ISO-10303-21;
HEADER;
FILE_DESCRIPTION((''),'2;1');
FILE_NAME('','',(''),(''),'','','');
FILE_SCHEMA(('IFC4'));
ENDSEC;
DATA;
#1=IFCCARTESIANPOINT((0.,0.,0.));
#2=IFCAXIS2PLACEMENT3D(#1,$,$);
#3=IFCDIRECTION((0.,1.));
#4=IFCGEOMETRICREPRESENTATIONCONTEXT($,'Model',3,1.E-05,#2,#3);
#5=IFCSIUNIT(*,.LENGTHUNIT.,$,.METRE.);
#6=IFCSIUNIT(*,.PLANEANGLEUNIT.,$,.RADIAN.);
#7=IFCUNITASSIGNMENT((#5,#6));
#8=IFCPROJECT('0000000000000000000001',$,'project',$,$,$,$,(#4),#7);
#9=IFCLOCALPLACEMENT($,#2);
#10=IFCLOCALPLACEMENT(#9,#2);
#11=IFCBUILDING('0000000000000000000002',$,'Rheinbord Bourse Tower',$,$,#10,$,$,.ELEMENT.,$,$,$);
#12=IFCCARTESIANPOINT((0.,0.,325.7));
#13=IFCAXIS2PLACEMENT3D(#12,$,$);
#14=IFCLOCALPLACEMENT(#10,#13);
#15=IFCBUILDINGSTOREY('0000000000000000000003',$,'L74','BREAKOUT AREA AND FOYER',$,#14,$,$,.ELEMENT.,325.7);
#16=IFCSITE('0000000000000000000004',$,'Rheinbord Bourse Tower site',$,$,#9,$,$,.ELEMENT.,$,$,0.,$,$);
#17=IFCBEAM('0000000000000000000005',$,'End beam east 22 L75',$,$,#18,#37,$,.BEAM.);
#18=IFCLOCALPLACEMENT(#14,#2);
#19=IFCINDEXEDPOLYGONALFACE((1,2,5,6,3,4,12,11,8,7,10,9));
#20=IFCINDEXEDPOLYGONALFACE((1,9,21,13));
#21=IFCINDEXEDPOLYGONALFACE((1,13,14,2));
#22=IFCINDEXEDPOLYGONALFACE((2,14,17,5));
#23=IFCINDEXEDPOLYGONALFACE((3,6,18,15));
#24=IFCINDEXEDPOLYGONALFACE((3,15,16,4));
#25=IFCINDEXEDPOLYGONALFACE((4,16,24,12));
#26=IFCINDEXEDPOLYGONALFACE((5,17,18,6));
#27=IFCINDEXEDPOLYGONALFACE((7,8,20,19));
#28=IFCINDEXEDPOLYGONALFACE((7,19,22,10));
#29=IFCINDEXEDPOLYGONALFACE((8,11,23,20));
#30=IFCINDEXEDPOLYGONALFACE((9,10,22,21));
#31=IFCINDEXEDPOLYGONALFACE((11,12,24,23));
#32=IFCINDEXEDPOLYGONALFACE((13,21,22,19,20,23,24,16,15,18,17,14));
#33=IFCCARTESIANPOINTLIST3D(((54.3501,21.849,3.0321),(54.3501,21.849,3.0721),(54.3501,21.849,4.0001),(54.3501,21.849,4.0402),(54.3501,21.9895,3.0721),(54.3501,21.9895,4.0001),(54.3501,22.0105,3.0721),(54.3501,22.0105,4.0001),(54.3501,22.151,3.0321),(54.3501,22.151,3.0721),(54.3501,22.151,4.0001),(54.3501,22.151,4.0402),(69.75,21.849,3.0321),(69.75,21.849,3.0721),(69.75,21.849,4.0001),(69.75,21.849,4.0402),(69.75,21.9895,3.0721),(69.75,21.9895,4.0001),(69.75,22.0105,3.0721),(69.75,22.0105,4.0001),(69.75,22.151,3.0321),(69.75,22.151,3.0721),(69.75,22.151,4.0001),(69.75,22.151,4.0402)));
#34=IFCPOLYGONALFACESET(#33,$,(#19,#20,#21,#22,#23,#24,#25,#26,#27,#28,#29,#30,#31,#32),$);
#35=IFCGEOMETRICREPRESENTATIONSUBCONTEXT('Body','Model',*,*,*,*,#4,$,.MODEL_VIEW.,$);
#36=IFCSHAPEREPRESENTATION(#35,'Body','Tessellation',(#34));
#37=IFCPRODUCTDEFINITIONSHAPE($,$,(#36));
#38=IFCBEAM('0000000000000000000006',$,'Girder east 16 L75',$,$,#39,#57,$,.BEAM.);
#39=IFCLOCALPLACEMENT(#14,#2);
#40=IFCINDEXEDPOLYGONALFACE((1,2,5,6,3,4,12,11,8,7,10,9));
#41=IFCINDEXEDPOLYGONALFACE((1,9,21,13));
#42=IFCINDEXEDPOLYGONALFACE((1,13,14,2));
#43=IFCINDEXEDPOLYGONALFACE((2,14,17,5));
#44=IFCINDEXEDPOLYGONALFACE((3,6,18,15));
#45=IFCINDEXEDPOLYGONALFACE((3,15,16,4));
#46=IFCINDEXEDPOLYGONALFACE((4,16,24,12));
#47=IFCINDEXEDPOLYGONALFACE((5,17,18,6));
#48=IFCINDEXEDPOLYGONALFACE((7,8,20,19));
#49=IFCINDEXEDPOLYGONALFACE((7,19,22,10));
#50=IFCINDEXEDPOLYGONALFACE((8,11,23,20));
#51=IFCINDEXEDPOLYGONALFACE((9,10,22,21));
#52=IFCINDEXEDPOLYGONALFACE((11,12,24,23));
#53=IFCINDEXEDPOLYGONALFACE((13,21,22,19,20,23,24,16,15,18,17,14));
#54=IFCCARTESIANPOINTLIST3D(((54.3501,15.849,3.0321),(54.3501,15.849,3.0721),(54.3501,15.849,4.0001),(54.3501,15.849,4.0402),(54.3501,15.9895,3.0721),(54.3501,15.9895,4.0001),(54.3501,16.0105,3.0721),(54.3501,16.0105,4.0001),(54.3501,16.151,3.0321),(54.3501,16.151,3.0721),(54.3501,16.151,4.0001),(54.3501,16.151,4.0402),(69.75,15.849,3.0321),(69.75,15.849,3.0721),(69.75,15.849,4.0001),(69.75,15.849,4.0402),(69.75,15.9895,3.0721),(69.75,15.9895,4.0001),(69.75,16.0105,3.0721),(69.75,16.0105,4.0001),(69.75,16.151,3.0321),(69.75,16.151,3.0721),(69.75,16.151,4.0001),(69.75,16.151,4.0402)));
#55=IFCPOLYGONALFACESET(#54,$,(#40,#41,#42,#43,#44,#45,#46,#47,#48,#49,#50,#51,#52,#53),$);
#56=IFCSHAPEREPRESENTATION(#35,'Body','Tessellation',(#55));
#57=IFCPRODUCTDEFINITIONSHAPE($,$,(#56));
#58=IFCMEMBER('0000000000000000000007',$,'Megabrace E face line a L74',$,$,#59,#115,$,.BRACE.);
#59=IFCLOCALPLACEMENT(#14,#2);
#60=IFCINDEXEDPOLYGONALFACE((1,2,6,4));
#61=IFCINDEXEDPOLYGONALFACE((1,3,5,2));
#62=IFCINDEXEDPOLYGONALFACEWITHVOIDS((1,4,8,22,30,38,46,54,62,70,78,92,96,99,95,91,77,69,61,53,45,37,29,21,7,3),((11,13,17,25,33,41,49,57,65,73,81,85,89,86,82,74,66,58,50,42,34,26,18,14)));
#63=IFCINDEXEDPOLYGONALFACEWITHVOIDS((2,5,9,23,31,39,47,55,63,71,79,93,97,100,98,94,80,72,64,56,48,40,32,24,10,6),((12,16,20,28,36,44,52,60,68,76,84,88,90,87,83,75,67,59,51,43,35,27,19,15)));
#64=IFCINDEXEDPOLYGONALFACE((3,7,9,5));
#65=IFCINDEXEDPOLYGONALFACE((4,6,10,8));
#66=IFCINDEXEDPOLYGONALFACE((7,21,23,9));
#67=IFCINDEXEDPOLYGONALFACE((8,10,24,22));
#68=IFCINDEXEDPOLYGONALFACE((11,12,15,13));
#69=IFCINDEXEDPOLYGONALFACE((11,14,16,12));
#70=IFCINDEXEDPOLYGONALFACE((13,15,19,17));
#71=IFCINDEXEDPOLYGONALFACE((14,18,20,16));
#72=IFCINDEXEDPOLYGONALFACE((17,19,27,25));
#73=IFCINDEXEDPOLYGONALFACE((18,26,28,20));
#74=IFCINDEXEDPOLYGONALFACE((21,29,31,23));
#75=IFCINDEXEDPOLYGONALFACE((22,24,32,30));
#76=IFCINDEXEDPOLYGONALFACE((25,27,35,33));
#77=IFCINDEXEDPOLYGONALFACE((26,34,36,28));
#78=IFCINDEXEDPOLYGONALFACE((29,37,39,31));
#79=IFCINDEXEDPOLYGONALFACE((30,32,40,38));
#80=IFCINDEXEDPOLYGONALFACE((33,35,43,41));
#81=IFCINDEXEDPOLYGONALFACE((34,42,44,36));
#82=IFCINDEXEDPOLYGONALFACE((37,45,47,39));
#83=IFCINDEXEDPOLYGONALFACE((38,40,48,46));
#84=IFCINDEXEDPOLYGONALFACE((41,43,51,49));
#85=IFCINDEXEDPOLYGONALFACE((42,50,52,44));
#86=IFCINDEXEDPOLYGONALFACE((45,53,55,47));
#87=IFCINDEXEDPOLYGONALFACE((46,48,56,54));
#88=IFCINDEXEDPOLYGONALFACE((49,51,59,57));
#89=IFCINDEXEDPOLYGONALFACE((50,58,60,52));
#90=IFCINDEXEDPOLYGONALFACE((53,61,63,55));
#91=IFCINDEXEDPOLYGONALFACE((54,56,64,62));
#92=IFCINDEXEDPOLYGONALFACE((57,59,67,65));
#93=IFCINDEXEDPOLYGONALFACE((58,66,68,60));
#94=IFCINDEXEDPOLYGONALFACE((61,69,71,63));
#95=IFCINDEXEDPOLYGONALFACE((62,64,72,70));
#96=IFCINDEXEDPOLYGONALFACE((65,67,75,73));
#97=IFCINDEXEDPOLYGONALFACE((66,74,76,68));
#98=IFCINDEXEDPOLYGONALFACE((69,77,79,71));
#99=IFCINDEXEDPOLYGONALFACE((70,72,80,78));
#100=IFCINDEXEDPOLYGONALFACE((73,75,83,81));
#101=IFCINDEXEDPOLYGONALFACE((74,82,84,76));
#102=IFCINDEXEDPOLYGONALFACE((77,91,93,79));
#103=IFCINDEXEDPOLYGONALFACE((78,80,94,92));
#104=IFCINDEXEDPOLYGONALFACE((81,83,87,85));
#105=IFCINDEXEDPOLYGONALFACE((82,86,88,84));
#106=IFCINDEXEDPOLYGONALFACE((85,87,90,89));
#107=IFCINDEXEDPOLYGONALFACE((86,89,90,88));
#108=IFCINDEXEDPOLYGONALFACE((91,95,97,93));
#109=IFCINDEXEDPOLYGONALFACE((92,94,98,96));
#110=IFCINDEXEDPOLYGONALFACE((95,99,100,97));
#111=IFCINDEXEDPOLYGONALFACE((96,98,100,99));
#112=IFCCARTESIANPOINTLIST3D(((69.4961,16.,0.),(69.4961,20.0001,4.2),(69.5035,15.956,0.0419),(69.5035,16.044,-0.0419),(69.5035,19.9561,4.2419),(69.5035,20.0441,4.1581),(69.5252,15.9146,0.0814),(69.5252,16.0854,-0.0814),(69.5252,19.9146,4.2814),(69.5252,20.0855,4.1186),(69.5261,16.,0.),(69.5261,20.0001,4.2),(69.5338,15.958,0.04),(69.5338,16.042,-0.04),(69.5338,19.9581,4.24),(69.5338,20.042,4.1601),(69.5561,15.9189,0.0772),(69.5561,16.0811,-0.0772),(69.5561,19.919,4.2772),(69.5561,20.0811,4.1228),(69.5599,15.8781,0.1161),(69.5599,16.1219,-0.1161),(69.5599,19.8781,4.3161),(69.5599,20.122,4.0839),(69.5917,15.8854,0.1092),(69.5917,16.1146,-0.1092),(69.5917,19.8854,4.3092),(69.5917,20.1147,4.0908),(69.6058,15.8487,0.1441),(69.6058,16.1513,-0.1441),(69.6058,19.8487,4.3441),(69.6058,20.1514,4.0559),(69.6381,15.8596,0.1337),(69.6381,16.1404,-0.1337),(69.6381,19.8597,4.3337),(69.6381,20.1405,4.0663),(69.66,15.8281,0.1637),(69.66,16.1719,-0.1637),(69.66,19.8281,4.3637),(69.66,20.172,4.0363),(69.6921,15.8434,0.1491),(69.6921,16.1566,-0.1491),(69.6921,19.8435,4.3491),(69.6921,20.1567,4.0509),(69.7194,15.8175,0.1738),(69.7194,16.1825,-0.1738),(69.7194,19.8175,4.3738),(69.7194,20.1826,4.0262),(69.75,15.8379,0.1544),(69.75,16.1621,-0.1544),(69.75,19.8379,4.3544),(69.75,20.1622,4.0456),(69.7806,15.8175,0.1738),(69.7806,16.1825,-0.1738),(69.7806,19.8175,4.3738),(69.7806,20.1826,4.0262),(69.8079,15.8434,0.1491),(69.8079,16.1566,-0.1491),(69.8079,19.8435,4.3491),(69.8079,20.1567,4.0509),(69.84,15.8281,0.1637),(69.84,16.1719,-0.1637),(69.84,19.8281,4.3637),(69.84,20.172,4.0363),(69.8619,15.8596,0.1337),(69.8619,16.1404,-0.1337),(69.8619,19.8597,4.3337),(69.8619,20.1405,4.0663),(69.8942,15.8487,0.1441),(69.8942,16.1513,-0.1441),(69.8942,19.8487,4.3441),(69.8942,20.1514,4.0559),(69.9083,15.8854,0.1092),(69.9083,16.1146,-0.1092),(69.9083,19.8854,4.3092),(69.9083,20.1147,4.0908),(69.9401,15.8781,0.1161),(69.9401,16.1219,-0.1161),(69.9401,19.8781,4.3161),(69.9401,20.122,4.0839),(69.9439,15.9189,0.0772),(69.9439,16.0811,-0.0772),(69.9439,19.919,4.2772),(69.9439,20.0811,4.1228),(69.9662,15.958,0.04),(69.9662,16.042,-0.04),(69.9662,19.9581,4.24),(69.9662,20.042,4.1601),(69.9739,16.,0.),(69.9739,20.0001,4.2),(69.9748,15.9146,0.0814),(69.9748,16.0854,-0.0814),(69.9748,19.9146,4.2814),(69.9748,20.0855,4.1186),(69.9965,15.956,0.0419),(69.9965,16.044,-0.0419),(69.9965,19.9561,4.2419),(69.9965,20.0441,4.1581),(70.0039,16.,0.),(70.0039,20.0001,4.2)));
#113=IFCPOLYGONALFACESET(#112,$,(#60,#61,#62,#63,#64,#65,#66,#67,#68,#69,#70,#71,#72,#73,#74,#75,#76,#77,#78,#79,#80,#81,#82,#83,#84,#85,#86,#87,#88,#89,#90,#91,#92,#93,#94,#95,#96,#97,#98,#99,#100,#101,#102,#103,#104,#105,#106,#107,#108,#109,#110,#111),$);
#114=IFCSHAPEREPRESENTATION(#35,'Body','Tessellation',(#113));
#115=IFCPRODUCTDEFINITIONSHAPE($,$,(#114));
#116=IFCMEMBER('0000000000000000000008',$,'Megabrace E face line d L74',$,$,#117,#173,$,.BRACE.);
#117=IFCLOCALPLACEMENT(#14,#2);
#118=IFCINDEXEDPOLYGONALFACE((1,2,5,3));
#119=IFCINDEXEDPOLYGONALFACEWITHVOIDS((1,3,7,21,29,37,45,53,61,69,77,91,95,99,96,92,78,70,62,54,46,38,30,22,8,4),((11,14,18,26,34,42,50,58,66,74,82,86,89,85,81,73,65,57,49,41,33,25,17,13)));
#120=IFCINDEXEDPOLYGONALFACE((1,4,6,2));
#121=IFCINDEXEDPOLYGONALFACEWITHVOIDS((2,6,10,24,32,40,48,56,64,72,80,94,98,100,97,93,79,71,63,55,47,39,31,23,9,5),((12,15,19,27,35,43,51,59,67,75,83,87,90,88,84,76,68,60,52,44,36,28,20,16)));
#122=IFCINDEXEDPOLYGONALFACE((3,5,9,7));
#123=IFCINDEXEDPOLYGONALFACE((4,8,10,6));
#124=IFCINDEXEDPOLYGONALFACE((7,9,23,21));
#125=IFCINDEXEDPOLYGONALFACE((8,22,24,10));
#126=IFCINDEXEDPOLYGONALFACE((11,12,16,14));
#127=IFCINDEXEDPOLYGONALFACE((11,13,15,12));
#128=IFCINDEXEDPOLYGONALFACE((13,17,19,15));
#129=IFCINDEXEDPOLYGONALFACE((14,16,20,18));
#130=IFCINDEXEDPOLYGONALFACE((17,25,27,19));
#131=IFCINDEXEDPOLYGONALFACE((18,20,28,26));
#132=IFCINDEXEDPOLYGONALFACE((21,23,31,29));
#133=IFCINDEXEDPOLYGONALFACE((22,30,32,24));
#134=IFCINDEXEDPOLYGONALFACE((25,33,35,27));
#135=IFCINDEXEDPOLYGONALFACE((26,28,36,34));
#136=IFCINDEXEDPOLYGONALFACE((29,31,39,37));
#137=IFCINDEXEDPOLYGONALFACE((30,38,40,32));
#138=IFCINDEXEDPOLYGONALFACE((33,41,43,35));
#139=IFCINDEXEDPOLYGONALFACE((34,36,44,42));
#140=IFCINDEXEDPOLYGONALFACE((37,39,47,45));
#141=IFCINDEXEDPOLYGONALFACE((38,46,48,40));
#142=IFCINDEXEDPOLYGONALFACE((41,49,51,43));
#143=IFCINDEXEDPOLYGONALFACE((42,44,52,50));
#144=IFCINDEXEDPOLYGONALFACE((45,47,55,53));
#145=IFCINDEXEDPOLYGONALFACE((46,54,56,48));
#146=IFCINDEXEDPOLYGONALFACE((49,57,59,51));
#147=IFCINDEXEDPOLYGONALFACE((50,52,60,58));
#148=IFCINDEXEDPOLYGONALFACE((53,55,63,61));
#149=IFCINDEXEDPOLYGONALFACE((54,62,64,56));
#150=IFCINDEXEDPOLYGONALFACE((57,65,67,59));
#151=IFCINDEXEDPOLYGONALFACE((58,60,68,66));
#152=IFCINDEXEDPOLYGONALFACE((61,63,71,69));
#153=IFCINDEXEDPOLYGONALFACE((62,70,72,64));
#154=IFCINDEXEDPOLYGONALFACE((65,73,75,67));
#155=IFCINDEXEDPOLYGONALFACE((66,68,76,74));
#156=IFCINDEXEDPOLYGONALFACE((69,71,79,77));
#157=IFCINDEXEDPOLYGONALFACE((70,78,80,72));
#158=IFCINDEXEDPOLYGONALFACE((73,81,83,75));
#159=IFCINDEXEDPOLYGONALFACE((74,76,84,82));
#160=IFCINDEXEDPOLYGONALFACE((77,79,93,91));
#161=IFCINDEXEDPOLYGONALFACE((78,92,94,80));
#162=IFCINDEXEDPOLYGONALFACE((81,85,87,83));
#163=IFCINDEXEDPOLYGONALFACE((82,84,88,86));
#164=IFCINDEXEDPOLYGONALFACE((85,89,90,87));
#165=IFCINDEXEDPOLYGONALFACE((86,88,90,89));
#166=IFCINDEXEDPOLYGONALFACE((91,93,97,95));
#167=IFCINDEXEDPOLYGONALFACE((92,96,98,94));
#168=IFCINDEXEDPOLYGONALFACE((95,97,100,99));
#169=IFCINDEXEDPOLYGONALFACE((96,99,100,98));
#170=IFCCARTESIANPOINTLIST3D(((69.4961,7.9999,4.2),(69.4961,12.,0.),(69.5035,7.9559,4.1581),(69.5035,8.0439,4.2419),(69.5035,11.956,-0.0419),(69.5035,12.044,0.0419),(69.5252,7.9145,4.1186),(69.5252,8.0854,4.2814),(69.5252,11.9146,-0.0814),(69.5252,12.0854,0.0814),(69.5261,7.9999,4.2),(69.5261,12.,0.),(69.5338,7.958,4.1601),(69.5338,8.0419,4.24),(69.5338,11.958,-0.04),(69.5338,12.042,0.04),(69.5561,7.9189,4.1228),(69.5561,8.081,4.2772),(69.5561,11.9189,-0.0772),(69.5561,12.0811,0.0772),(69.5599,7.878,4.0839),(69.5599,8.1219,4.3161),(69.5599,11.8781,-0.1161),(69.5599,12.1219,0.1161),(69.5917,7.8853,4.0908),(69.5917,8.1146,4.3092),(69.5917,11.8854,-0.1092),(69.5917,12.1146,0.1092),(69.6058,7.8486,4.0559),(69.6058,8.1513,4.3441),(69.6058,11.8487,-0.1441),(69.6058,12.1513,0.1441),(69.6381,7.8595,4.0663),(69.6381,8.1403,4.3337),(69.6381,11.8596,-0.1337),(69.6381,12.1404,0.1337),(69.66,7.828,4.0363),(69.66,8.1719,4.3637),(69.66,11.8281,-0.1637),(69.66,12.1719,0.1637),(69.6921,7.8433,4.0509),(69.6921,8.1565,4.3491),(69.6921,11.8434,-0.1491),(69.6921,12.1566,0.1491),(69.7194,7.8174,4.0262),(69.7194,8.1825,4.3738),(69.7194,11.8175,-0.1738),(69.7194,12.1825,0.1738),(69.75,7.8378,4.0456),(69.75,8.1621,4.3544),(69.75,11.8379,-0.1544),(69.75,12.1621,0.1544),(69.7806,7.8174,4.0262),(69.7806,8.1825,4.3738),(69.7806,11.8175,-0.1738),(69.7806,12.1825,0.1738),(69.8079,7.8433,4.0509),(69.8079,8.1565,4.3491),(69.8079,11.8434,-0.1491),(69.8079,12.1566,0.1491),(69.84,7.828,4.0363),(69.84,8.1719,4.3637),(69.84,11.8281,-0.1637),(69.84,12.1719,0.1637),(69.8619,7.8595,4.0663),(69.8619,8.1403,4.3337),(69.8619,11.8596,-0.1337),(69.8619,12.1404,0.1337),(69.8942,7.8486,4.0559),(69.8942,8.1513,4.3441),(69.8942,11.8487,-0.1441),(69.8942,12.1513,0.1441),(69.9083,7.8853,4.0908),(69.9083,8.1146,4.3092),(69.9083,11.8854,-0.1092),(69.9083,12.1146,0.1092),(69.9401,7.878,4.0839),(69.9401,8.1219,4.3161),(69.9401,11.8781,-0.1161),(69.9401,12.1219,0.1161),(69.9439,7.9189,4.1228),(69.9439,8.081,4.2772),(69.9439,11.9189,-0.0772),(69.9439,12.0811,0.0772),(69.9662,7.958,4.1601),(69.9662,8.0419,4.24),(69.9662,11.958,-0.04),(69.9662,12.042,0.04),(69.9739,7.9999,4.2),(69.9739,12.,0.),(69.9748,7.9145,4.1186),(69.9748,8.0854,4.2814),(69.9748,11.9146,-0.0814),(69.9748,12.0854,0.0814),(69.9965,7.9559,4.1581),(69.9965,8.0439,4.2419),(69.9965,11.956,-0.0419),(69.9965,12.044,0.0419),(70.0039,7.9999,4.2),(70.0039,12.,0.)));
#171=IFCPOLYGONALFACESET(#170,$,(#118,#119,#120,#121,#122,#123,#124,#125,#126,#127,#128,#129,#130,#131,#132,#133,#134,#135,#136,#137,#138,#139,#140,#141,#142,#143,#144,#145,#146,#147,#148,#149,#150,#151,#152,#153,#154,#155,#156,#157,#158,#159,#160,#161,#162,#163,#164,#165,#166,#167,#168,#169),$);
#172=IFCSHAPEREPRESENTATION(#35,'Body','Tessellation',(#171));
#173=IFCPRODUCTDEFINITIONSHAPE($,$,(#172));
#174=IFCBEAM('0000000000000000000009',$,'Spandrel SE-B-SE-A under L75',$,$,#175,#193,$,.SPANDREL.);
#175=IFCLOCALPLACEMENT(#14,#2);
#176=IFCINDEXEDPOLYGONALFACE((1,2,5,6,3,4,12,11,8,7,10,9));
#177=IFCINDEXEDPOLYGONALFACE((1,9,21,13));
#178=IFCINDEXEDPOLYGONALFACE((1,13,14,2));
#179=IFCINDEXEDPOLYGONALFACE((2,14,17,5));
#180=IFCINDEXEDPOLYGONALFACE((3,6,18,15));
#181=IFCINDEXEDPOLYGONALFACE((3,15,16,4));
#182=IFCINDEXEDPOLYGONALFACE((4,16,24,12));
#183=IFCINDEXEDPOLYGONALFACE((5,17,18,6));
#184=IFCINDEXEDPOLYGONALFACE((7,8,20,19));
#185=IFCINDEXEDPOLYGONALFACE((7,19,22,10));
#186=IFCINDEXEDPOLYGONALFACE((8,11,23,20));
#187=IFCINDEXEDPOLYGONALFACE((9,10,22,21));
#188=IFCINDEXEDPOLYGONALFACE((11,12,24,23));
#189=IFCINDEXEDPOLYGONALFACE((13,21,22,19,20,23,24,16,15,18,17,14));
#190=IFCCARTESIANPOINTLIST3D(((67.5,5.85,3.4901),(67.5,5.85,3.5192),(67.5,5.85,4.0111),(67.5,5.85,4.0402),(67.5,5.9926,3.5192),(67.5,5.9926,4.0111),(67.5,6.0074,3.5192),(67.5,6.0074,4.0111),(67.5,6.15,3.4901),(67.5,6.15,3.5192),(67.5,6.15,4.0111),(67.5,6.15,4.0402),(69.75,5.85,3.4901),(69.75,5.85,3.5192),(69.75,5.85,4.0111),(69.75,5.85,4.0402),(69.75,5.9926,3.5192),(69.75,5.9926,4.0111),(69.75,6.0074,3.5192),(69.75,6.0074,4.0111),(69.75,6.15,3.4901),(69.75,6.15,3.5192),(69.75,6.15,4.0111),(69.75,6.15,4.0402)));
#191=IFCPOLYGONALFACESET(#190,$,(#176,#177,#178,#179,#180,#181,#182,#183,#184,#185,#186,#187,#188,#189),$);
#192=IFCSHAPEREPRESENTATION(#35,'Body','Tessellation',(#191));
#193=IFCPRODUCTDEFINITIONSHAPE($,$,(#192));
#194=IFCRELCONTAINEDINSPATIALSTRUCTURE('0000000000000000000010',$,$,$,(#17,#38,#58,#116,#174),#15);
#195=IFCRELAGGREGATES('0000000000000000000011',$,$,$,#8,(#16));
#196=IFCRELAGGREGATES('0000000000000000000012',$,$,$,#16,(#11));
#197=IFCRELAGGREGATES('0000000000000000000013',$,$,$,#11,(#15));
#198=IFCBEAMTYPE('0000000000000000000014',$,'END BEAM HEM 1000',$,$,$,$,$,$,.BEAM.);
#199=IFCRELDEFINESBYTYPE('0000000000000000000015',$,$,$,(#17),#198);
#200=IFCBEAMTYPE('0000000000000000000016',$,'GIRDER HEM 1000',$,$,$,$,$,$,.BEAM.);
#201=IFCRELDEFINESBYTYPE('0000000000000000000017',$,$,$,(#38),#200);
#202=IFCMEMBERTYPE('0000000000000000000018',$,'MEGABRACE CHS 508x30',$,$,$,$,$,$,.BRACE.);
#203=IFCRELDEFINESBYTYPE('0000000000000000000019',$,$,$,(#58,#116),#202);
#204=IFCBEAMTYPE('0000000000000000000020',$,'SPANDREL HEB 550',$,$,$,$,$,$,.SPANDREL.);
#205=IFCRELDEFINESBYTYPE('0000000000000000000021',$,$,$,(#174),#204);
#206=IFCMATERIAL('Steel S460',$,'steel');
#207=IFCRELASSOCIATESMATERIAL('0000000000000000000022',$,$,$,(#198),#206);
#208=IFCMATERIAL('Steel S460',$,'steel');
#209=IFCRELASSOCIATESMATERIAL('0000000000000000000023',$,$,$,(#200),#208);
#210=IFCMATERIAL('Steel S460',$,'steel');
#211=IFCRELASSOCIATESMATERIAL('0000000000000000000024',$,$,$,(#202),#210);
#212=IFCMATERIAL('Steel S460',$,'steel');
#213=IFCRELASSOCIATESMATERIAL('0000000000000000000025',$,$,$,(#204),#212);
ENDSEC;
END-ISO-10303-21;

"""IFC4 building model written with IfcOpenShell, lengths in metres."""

from ifc_helpers import new_model, si_unit, direction, frame, origin, origin_2d, place, context, subcontext, project, spatial, hollow_circle, i_section, extrude, material, material_profile, profile_set, type_object, element, save


model = new_model("IFC4")

# Units and contexts
model_context = context("Model", 3, precision=1e-05, world=origin(), true_north=direction((0.0, 1.0)))
body_context = subcontext(model_context, "Body", "Model", "MODEL_VIEW")
ifc_project = project(units=[si_unit("LENGTHUNIT", "METRE"), si_unit("PLANEANGLEUNIT", "RADIAN")], contexts=[model_context])

# Site, building, storey
site_placement = place(None, origin())
site = spatial("IfcSite", under=ifc_project, at=site_placement, Name="Rheinbord Bourse Tower site", CompositionType="ELEMENT", RefElevation=0.0)
building_placement = place(site_placement, origin())
building = spatial("IfcBuilding", under=site, at=building_placement, Name="Rheinbord Bourse Tower", CompositionType="ELEMENT")
storey_placement = place(building_placement, frame((0.0, 0.0, 325.7)))
storey = spatial("IfcBuildingStorey", under=building, at=storey_placement, Name="L74", Description="BREAKOUT AREA AND FOYER", CompositionType="ELEMENT", Elevation=325.7)

# Beams
ifc_material_1 = material(Name="Steel S460", Category="steel")
ifc_material_profile_1 = material_profile(ifc_material_1, i_section(OverallWidth=0.302, OverallDepth=1.0081, WebThickness=0.021, FlangeThickness=0.04, at=origin_2d()), Name="HEM 1000")
ifc_profile_set_1 = profile_set([ifc_material_profile_1], Name="Steel S460")
beam_type_1 = type_object("IfcBeamType", Name="END BEAM HEM 1000", PredefinedType="BEAM", material=ifc_profile_set_1)
for number, where, z_axis, x_axis, name in (
    (1, (54.3501, 22.0, 3.5361), (1.0, 0.0, 0.0), (0.0, 1.0, 0.0), "End beam east 22 L75"),
):
    element("IfcBeam", number, at=place(storey_placement, frame(where, z_axis=z_axis, x_axis=x_axis)), inside=storey, type_object=beam_type_1, Name=name, PredefinedType="BEAM", context=body_context, shape_type="SweptSolid", body=[
        extrude(i_section(OverallWidth=0.302, OverallDepth=1.0081, WebThickness=0.021, FlangeThickness=0.04, at=origin_2d()), origin(), (0.0, 0.0, 1.0), 15.3999),
    ])
ifc_material_2 = material(Name="Steel S460", Category="steel")
ifc_material_profile_2 = material_profile(ifc_material_2, i_section(OverallWidth=0.302, OverallDepth=1.0081, WebThickness=0.021, FlangeThickness=0.04, at=origin_2d()), Name="HEM 1000")
ifc_profile_set_2 = profile_set([ifc_material_profile_2], Name="Steel S460")
beam_type_2 = type_object("IfcBeamType", Name="GIRDER HEM 1000", PredefinedType="BEAM", material=ifc_profile_set_2)
beam_1_placement = place(storey_placement, frame((54.3501, 16.0, 3.5361), z_axis=(1.0, 0.0, 0.0), x_axis=(0.0, 1.0, 0.0)))
element("IfcBeam", 2, at=beam_1_placement, inside=storey, type_object=beam_type_2, Name="Girder east 16 L75", PredefinedType="BEAM", context=body_context, shape_type="SweptSolid", body=[
    extrude(i_section(OverallWidth=0.302, OverallDepth=1.0081, WebThickness=0.021, FlangeThickness=0.04, at=origin_2d()), origin(), (0.0, 0.0, 1.0), 15.3999),
])

# Members
ifc_material_3 = material(Name="Steel S460", Category="steel")
ifc_material_profile_3 = material_profile(ifc_material_3, hollow_circle(Radius=0.2539, WallThickness=0.03, at=origin_2d()), Name="CHS 508x30")
ifc_profile_set_3 = profile_set([ifc_material_profile_3], Name="Steel S460")
member_type_1 = type_object("IfcMemberType", Name="MEGABRACE CHS 508x30", PredefinedType="BRACE", material=ifc_profile_set_3)
for number, where, z_axis, x_axis, name in (
    (3, (69.75, 16.0, 0.0), (0.0, 0.689659, 0.724134), (-1.0, 0.0, 0.0), "Megabrace E face line a L74"),
    (4, (69.75, 12.0, 0.0), (0.0, -0.689659, 0.724134), (1.0, 0.0, 0.0), "Megabrace E face line d L74"),
):
    element("IfcMember", number, at=place(storey_placement, frame(where, z_axis=z_axis, x_axis=x_axis)), inside=storey, type_object=member_type_1, Name=name, PredefinedType="BRACE", context=body_context, shape_type="SweptSolid", body=[
        extrude(hollow_circle(Radius=0.2539, WallThickness=0.03, at=origin_2d()), origin(), (0.0, 0.0, 1.0), 5.8),
    ])

# Beam
ifc_material_4 = material(Name="Steel S460", Category="steel")
ifc_material_profile_4 = material_profile(ifc_material_4, i_section(OverallWidth=0.3, OverallDepth=0.55, WebThickness=0.0149, FlangeThickness=0.0291, at=origin_2d()), Name="HEB 550")
ifc_profile_set_4 = profile_set([ifc_material_profile_4], Name="Steel S460")
beam_type_3 = type_object("IfcBeamType", Name="SPANDREL HEB 550", PredefinedType="SPANDREL", material=ifc_profile_set_4)
beam_2_placement = place(storey_placement, frame((67.5, 6.0, 3.7651), z_axis=(1.0, 0.0, 0.0), x_axis=(0.0, 1.0, 0.0)))
element("IfcBeam", 5, at=beam_2_placement, inside=storey, type_object=beam_type_3, Name="Spandrel SE-B-SE-A under L75", PredefinedType="SPANDREL", context=body_context, shape_type="SweptSolid", body=[
    extrude(i_section(OverallWidth=0.3, OverallDepth=0.55, WebThickness=0.0149, FlangeThickness=0.0291, at=origin_2d()), origin(), (0.0, 0.0, 1.0), 2.25),
])

save(model, "model.ifc")
